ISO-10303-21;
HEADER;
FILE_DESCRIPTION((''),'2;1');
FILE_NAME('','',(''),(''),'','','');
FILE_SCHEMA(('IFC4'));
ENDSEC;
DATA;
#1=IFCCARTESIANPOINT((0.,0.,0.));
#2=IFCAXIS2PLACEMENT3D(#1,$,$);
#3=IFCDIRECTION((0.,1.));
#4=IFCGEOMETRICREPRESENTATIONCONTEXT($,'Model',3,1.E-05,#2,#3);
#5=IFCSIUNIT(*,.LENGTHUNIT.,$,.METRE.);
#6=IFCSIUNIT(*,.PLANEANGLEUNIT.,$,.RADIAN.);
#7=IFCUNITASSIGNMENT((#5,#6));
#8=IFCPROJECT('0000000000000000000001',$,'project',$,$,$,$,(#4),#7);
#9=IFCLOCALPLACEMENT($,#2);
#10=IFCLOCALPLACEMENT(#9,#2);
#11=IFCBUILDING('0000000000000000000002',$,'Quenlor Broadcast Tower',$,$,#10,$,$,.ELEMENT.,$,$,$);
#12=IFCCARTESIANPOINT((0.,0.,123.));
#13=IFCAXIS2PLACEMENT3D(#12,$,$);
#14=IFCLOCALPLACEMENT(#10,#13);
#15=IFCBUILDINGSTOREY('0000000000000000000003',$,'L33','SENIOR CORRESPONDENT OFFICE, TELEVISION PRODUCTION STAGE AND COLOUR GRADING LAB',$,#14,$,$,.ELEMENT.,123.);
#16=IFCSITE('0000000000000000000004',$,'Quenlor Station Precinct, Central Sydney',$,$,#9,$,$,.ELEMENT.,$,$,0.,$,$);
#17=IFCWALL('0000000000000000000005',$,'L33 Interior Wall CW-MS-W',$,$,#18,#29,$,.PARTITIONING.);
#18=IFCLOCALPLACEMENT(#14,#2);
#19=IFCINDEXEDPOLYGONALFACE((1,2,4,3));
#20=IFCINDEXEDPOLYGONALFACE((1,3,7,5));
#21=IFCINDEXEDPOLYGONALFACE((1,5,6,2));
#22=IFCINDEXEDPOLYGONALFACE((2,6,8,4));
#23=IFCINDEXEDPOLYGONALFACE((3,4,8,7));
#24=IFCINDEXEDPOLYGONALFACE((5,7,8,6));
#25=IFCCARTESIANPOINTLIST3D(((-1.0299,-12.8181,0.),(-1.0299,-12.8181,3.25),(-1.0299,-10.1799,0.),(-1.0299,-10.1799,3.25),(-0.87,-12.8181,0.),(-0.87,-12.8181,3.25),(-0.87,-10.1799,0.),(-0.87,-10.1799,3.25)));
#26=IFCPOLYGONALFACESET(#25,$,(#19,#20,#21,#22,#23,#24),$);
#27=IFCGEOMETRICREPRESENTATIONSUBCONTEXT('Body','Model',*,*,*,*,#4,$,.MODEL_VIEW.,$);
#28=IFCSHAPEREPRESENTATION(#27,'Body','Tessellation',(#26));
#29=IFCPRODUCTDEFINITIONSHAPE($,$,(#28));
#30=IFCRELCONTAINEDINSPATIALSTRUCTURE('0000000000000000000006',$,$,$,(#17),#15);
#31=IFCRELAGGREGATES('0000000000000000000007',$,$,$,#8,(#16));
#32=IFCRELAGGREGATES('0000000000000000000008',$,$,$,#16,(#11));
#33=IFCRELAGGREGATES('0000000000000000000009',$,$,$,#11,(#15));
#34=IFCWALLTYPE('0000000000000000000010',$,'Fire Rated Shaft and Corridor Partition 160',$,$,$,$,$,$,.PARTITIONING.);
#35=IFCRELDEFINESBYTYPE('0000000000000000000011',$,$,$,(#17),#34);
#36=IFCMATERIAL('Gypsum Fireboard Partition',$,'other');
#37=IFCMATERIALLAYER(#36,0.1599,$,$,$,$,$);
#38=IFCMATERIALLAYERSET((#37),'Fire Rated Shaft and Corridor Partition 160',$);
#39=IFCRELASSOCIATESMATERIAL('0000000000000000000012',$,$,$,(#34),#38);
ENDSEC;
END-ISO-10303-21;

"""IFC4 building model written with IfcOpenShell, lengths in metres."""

from ifc_helpers import new_model, si_unit, direction, frame, frame_2d, origin, place, context, subcontext, project, spatial, rectangle, extrude, material, layer, layer_set, type_object, element, save


model = new_model("IFC4")

# Units and contexts
model_context = context("Model", 3, precision=1e-05, world=origin(), true_north=direction((0.0, 1.0)))
body_context = subcontext(model_context, "Body", "Model", "MODEL_VIEW")
ifc_project = project(units=[si_unit("LENGTHUNIT", "METRE"), si_unit("PLANEANGLEUNIT", "RADIAN")], contexts=[model_context])

# Site, building, storey
site_placement = place(None, origin())
site = spatial("IfcSite", under=ifc_project, at=site_placement, Name="Quenlor Station Precinct, Central Sydney", CompositionType="ELEMENT", RefElevation=0.0)
building_placement = place(site_placement, origin())
building = spatial("IfcBuilding", under=site, at=building_placement, Name="Quenlor Broadcast Tower", CompositionType="ELEMENT")
storey_placement = place(building_placement, frame((0.0, 0.0, 123.0)))
storey = spatial("IfcBuildingStorey", under=building, at=storey_placement, Name="L33", Description="SENIOR CORRESPONDENT OFFICE, TELEVISION PRODUCTION STAGE AND COLOUR GRADING LAB", CompositionType="ELEMENT", Elevation=123.0)

# Shared definitions
ifc_material_1 = material(Name="Gypsum Fireboard Partition", Category="other")
ifc_layer_1 = layer(ifc_material_1, 0.1599)
ifc_layer_set_1 = layer_set([ifc_layer_1], Name="Fire Rated Shaft and Corridor Partition 160")
wall_type_1 = type_object("IfcWallType", Name="Fire Rated Shaft and Corridor Partition 160", PredefinedType="PARTITIONING", material=ifc_layer_set_1)

# Wall
wall_1_placement = place(storey_placement, frame((-0.95, -12.8181, 0.0), z_axis=(0.0, 0.0, 1.0), x_axis=(0.0, 1.0, 0.0)))
element("IfcWall", 1, at=wall_1_placement, inside=storey, type_object=wall_type_1, Name="L33 Interior Wall CW-MS-W", PredefinedType="PARTITIONING", context=body_context, shape_type="SweptSolid", body=[
    extrude(rectangle(XDim=2.6382, YDim=0.1599, at=frame_2d((1.3191, 0.0))), origin(), (0.0, 0.0, 1.0), 3.25),
])

save(model, "model.ifc")
